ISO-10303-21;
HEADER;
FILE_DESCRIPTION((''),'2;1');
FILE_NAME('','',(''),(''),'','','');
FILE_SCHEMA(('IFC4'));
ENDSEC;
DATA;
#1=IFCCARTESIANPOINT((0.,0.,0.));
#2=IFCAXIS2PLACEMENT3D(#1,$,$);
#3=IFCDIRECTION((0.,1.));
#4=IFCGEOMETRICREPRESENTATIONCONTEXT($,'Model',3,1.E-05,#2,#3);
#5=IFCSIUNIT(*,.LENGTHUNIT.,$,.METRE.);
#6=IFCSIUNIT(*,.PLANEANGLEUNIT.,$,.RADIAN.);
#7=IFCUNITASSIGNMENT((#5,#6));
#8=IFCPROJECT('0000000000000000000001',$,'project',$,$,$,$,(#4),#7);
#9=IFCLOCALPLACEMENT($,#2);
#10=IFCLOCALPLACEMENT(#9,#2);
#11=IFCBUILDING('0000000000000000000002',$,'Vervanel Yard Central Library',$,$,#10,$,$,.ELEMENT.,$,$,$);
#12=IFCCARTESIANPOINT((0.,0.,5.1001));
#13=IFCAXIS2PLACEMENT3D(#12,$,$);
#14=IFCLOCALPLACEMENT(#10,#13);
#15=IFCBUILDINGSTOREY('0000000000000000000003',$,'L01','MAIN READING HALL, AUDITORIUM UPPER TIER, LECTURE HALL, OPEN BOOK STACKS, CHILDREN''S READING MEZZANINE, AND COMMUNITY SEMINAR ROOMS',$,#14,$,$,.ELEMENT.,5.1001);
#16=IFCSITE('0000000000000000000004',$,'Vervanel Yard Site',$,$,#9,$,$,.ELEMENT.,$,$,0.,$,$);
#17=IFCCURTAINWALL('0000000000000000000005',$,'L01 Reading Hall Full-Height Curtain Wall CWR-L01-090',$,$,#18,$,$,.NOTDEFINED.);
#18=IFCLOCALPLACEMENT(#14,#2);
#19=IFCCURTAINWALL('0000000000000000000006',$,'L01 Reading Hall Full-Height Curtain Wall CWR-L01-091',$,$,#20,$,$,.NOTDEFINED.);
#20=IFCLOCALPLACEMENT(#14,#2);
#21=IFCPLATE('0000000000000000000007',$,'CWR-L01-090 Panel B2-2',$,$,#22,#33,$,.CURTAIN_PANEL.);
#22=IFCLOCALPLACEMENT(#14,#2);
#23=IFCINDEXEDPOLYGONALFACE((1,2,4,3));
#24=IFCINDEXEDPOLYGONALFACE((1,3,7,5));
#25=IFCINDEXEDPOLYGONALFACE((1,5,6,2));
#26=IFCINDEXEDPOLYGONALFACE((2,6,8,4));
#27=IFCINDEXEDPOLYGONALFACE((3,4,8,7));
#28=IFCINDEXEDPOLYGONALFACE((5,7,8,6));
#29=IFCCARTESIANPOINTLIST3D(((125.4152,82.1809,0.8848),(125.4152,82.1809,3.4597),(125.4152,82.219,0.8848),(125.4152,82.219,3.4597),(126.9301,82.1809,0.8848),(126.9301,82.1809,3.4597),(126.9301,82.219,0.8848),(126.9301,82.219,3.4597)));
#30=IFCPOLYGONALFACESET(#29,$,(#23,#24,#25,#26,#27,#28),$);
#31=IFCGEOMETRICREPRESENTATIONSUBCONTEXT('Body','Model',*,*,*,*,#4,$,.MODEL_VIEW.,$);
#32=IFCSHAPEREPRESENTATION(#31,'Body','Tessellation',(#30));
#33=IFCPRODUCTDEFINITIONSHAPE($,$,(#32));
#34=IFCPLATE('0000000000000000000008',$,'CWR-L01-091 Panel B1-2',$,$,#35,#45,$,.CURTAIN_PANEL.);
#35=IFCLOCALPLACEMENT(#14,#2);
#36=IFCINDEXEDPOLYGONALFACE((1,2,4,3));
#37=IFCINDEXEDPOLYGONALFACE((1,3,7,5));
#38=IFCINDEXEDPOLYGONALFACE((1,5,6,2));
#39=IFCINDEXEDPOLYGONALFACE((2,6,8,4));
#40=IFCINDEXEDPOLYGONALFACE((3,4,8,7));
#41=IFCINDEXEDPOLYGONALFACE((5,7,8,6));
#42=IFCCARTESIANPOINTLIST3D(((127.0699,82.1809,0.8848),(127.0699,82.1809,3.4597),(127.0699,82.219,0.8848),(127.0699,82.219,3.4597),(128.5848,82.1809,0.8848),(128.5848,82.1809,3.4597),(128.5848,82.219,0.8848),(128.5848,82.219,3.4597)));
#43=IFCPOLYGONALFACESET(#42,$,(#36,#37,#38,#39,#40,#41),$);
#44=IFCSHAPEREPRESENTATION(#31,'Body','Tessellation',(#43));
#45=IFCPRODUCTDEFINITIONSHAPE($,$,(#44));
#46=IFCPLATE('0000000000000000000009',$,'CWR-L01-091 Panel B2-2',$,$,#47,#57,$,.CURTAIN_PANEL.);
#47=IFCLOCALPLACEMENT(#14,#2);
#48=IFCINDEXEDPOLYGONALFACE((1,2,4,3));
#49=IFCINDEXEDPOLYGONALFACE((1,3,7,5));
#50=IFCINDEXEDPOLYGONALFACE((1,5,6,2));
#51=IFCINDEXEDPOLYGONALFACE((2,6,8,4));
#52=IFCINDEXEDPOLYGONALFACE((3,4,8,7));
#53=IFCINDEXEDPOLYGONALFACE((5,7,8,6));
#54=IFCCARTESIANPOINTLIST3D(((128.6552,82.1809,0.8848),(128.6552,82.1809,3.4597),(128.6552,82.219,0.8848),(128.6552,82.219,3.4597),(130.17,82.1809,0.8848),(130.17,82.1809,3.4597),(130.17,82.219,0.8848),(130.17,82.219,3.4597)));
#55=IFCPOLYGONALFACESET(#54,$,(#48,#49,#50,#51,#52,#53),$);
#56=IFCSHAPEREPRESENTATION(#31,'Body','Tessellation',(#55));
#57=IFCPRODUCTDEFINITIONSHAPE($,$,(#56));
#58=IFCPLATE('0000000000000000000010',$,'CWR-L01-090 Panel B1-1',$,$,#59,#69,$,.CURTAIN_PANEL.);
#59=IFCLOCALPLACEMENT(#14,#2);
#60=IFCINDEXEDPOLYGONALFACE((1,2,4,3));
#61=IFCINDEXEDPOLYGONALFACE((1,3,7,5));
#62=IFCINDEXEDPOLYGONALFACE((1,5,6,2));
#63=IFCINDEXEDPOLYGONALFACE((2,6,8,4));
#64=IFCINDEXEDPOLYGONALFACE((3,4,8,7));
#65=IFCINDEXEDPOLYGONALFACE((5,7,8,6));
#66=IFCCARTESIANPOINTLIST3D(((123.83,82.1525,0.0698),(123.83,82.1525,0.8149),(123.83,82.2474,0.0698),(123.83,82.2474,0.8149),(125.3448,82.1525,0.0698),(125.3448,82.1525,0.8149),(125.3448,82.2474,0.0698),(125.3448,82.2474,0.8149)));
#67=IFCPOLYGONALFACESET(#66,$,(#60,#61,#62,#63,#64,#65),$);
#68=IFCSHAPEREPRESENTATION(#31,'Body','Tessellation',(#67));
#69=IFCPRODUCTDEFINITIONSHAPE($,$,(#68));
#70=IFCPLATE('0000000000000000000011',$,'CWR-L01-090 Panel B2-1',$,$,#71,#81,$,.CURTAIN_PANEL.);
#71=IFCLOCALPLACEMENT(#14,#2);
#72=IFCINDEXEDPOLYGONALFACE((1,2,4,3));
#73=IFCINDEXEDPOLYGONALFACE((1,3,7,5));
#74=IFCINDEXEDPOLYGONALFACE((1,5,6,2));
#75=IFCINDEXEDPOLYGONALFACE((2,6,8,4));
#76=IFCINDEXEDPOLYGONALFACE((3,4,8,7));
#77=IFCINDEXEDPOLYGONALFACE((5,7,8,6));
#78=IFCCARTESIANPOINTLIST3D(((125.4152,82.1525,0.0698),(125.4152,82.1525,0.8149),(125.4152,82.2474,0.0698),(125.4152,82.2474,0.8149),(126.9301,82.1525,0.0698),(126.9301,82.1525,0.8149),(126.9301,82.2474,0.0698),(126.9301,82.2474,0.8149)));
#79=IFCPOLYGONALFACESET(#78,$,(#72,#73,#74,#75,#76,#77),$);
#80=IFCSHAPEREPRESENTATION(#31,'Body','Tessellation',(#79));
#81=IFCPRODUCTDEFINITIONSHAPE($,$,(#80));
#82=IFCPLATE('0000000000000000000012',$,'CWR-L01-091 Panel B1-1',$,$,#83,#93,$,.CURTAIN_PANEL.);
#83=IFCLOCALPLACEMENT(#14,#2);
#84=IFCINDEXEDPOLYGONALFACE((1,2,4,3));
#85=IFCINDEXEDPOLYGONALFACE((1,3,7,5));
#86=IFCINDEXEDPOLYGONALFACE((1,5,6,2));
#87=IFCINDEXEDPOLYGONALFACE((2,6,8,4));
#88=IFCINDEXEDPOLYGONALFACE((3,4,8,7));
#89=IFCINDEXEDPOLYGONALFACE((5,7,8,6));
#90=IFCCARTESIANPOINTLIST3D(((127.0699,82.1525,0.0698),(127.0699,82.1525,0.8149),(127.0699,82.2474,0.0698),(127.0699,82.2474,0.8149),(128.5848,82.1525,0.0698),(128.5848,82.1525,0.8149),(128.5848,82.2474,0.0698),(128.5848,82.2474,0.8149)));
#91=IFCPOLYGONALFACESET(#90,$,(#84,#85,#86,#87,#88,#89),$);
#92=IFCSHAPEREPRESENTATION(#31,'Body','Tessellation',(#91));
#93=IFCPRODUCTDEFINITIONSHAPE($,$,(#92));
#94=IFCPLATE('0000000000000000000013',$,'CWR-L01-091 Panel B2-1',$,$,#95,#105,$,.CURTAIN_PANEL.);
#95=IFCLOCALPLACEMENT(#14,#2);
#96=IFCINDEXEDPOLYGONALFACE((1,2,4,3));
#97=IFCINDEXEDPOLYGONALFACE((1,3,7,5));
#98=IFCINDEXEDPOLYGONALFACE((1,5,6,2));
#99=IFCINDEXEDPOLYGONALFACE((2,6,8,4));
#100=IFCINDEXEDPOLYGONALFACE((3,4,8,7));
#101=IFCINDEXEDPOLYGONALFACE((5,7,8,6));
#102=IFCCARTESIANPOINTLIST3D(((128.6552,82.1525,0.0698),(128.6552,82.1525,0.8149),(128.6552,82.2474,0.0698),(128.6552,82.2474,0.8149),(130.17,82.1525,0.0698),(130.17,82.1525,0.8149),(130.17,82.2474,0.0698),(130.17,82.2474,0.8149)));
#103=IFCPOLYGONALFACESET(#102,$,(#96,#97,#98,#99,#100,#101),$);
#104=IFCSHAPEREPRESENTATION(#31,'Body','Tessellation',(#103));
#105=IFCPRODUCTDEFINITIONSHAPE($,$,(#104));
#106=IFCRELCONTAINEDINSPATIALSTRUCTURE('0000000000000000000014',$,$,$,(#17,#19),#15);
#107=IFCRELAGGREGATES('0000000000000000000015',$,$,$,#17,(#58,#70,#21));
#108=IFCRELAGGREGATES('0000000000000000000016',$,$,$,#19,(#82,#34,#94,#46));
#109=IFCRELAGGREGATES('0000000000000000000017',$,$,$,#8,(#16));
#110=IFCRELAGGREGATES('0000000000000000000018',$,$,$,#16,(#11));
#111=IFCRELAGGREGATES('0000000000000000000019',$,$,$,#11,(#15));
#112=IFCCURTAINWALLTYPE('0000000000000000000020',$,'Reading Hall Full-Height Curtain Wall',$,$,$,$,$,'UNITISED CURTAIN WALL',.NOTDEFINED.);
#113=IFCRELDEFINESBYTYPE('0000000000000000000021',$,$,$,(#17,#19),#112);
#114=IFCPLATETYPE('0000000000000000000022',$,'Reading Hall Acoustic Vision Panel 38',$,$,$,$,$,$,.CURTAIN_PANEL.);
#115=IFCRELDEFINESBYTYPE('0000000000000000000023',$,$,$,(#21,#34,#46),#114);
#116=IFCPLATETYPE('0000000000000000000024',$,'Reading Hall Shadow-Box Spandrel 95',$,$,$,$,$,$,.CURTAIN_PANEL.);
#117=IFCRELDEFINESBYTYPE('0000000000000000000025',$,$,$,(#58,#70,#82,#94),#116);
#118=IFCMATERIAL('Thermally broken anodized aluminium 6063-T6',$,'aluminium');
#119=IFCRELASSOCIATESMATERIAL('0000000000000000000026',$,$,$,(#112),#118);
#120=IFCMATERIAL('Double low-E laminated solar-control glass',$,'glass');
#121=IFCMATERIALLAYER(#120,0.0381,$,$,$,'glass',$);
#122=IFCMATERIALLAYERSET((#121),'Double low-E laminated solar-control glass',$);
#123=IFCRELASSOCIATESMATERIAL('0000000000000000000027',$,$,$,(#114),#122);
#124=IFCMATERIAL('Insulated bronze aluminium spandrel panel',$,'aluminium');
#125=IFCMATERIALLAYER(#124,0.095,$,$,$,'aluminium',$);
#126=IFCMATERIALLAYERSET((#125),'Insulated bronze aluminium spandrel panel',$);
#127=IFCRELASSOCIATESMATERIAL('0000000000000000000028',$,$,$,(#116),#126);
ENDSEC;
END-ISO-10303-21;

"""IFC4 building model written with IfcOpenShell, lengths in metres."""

from ifc_helpers import new_model, si_unit, direction, frame, origin, origin_2d, place, context, subcontext, project, spatial, rectangle, extrude, material, layer, layer_set, type_object, element, aggregate, save


model = new_model("IFC4")

# Units and contexts
model_context = context("Model", 3, precision=1e-05, world=origin(), true_north=direction((0.0, 1.0)))
body_context = subcontext(model_context, "Body", "Model", "MODEL_VIEW")
ifc_project = project(units=[si_unit("LENGTHUNIT", "METRE"), si_unit("PLANEANGLEUNIT", "RADIAN")], contexts=[model_context])

# Site, building, storey
site_placement = place(None, origin())
site = spatial("IfcSite", under=ifc_project, at=site_placement, Name="Vervanel Yard Site", CompositionType="ELEMENT", RefElevation=0.0)
building_placement = place(site_placement, origin())
building = spatial("IfcBuilding", under=site, at=building_placement, Name="Vervanel Yard Central Library", CompositionType="ELEMENT")
storey_placement = place(building_placement, frame((0.0, 0.0, 5.1001)))
storey = spatial("IfcBuildingStorey", under=building, at=storey_placement, Name="L01", Description="MAIN READING HALL, AUDITORIUM UPPER TIER, LECTURE HALL, OPEN BOOK STACKS, CHILDREN'S READING MEZZANINE, AND COMMUNITY SEMINAR ROOMS", CompositionType="ELEMENT", Elevation=5.1001)

# Curtain walls
ifc_material_1 = material(Name="Thermally broken anodized aluminium 6063-T6", Category="aluminium")
curtain_wall_type = type_object("IfcCurtainWallType", Name="Reading Hall Full-Height Curtain Wall", ElementType="UNITISED CURTAIN WALL", PredefinedType="NOTDEFINED", material=ifc_material_1)
curtain_wall_1_placement = place(storey_placement, origin())
curtain_wall_1 = element("IfcCurtainWall", 1, at=curtain_wall_1_placement, inside=storey, type_object=curtain_wall_type, Name="L01 Reading Hall Full-Height Curtain Wall CWR-L01-090", PredefinedType="NOTDEFINED")
curtain_wall_2_placement = place(storey_placement, origin())
curtain_wall_2 = element("IfcCurtainWall", 2, at=curtain_wall_2_placement, inside=storey, type_object=curtain_wall_type, Name="L01 Reading Hall Full-Height Curtain Wall CWR-L01-091", PredefinedType="NOTDEFINED")

# Plates
ifc_material_2 = material(Name="Double low-E laminated solar-control glass", Category="glass")
ifc_layer_1 = layer(ifc_material_2, 0.0381, Category="glass")
ifc_layer_set_1 = layer_set([ifc_layer_1], Name="Double low-E laminated solar-control glass")
plate_type_1 = type_object("IfcPlateType", Name="Reading Hall Acoustic Vision Panel 38", PredefinedType="CURTAIN_PANEL", material=ifc_layer_set_1)
plate_1_placement = place(storey_placement, frame((126.1726, 82.2, 0.8848), z_axis=(0.0, 0.0, 1.0), x_axis=(1.0, 0.0, 0.0)))
plate_1 = element("IfcPlate", 3, at=plate_1_placement, type_object=plate_type_1, Name="CWR-L01-090 Panel B2-2", PredefinedType="CURTAIN_PANEL", context=body_context, shape_type="SweptSolid", body=[
    extrude(rectangle(XDim=1.5149, YDim=0.0381, at=origin_2d()), origin(), (0.0, 0.0, 1.0), 2.575),
])
plate_2_placement = place(storey_placement, frame((127.8274, 82.2, 0.8848), z_axis=(0.0, 0.0, 1.0), x_axis=(1.0, 0.0, 0.0)))
plate_2 = element("IfcPlate", 4, at=plate_2_placement, type_object=plate_type_1, Name="CWR-L01-091 Panel B1-2", PredefinedType="CURTAIN_PANEL", context=body_context, shape_type="SweptSolid", body=[
    extrude(rectangle(XDim=1.5149, YDim=0.0381, at=origin_2d()), origin(), (0.0, 0.0, 1.0), 2.575),
])
plate_3_placement = place(storey_placement, frame((129.4126, 82.2, 0.8848), z_axis=(0.0, 0.0, 1.0), x_axis=(1.0, 0.0, 0.0)))
plate_3 = element("IfcPlate", 5, at=plate_3_placement, type_object=plate_type_1, Name="CWR-L01-091 Panel B2-2", PredefinedType="CURTAIN_PANEL", context=body_context, shape_type="SweptSolid", body=[
    extrude(rectangle(XDim=1.5149, YDim=0.0381, at=origin_2d()), origin(), (0.0, 0.0, 1.0), 2.575),
])
ifc_material_3 = material(Name="Insulated bronze aluminium spandrel panel", Category="aluminium")
ifc_layer_2 = layer(ifc_material_3, 0.095, Category="aluminium")
ifc_layer_set_2 = layer_set([ifc_layer_2], Name="Insulated bronze aluminium spandrel panel")
plate_type_2 = type_object("IfcPlateType", Name="Reading Hall Shadow-Box Spandrel 95", PredefinedType="CURTAIN_PANEL", material=ifc_layer_set_2)
plate_4_placement = place(storey_placement, frame((124.5874, 82.2, 0.0698), z_axis=(0.0, 0.0, 1.0), x_axis=(1.0, 0.0, 0.0)))
plate_4 = element("IfcPlate", 6, at=plate_4_placement, type_object=plate_type_2, Name="CWR-L01-090 Panel B1-1", PredefinedType="CURTAIN_PANEL", context=body_context, shape_type="SweptSolid", body=[
    extrude(rectangle(XDim=1.5149, YDim=0.095, at=origin_2d()), origin(), (0.0, 0.0, 1.0), 0.7451),
])
plate_5_placement = place(storey_placement, frame((126.1726, 82.2, 0.0698), z_axis=(0.0, 0.0, 1.0), x_axis=(1.0, 0.0, 0.0)))
plate_5 = element("IfcPlate", 7, at=plate_5_placement, type_object=plate_type_2, Name="CWR-L01-090 Panel B2-1", PredefinedType="CURTAIN_PANEL", context=body_context, shape_type="SweptSolid", body=[
    extrude(rectangle(XDim=1.5149, YDim=0.095, at=origin_2d()), origin(), (0.0, 0.0, 1.0), 0.7451),
])
aggregate(curtain_wall_1, [plate_4, plate_5, plate_1])
plate_6_placement = place(storey_placement, frame((127.8274, 82.2, 0.0698), z_axis=(0.0, 0.0, 1.0), x_axis=(1.0, 0.0, 0.0)))
plate_6 = element("IfcPlate", 8, at=plate_6_placement, type_object=plate_type_2, Name="CWR-L01-091 Panel B1-1", PredefinedType="CURTAIN_PANEL", context=body_context, shape_type="SweptSolid", body=[
    extrude(rectangle(XDim=1.5149, YDim=0.095, at=origin_2d()), origin(), (0.0, 0.0, 1.0), 0.7451),
])
plate_7_placement = place(storey_placement, frame((129.4126, 82.2, 0.0698), z_axis=(0.0, 0.0, 1.0), x_axis=(1.0, 0.0, 0.0)))
plate_7 = element("IfcPlate", 9, at=plate_7_placement, type_object=plate_type_2, Name="CWR-L01-091 Panel B2-1", PredefinedType="CURTAIN_PANEL", context=body_context, shape_type="SweptSolid", body=[
    extrude(rectangle(XDim=1.5149, YDim=0.095, at=origin_2d()), origin(), (0.0, 0.0, 1.0), 0.7451),
])
aggregate(curtain_wall_2, [plate_6, plate_2, plate_7, plate_3])

save(model, "model.ifc")
